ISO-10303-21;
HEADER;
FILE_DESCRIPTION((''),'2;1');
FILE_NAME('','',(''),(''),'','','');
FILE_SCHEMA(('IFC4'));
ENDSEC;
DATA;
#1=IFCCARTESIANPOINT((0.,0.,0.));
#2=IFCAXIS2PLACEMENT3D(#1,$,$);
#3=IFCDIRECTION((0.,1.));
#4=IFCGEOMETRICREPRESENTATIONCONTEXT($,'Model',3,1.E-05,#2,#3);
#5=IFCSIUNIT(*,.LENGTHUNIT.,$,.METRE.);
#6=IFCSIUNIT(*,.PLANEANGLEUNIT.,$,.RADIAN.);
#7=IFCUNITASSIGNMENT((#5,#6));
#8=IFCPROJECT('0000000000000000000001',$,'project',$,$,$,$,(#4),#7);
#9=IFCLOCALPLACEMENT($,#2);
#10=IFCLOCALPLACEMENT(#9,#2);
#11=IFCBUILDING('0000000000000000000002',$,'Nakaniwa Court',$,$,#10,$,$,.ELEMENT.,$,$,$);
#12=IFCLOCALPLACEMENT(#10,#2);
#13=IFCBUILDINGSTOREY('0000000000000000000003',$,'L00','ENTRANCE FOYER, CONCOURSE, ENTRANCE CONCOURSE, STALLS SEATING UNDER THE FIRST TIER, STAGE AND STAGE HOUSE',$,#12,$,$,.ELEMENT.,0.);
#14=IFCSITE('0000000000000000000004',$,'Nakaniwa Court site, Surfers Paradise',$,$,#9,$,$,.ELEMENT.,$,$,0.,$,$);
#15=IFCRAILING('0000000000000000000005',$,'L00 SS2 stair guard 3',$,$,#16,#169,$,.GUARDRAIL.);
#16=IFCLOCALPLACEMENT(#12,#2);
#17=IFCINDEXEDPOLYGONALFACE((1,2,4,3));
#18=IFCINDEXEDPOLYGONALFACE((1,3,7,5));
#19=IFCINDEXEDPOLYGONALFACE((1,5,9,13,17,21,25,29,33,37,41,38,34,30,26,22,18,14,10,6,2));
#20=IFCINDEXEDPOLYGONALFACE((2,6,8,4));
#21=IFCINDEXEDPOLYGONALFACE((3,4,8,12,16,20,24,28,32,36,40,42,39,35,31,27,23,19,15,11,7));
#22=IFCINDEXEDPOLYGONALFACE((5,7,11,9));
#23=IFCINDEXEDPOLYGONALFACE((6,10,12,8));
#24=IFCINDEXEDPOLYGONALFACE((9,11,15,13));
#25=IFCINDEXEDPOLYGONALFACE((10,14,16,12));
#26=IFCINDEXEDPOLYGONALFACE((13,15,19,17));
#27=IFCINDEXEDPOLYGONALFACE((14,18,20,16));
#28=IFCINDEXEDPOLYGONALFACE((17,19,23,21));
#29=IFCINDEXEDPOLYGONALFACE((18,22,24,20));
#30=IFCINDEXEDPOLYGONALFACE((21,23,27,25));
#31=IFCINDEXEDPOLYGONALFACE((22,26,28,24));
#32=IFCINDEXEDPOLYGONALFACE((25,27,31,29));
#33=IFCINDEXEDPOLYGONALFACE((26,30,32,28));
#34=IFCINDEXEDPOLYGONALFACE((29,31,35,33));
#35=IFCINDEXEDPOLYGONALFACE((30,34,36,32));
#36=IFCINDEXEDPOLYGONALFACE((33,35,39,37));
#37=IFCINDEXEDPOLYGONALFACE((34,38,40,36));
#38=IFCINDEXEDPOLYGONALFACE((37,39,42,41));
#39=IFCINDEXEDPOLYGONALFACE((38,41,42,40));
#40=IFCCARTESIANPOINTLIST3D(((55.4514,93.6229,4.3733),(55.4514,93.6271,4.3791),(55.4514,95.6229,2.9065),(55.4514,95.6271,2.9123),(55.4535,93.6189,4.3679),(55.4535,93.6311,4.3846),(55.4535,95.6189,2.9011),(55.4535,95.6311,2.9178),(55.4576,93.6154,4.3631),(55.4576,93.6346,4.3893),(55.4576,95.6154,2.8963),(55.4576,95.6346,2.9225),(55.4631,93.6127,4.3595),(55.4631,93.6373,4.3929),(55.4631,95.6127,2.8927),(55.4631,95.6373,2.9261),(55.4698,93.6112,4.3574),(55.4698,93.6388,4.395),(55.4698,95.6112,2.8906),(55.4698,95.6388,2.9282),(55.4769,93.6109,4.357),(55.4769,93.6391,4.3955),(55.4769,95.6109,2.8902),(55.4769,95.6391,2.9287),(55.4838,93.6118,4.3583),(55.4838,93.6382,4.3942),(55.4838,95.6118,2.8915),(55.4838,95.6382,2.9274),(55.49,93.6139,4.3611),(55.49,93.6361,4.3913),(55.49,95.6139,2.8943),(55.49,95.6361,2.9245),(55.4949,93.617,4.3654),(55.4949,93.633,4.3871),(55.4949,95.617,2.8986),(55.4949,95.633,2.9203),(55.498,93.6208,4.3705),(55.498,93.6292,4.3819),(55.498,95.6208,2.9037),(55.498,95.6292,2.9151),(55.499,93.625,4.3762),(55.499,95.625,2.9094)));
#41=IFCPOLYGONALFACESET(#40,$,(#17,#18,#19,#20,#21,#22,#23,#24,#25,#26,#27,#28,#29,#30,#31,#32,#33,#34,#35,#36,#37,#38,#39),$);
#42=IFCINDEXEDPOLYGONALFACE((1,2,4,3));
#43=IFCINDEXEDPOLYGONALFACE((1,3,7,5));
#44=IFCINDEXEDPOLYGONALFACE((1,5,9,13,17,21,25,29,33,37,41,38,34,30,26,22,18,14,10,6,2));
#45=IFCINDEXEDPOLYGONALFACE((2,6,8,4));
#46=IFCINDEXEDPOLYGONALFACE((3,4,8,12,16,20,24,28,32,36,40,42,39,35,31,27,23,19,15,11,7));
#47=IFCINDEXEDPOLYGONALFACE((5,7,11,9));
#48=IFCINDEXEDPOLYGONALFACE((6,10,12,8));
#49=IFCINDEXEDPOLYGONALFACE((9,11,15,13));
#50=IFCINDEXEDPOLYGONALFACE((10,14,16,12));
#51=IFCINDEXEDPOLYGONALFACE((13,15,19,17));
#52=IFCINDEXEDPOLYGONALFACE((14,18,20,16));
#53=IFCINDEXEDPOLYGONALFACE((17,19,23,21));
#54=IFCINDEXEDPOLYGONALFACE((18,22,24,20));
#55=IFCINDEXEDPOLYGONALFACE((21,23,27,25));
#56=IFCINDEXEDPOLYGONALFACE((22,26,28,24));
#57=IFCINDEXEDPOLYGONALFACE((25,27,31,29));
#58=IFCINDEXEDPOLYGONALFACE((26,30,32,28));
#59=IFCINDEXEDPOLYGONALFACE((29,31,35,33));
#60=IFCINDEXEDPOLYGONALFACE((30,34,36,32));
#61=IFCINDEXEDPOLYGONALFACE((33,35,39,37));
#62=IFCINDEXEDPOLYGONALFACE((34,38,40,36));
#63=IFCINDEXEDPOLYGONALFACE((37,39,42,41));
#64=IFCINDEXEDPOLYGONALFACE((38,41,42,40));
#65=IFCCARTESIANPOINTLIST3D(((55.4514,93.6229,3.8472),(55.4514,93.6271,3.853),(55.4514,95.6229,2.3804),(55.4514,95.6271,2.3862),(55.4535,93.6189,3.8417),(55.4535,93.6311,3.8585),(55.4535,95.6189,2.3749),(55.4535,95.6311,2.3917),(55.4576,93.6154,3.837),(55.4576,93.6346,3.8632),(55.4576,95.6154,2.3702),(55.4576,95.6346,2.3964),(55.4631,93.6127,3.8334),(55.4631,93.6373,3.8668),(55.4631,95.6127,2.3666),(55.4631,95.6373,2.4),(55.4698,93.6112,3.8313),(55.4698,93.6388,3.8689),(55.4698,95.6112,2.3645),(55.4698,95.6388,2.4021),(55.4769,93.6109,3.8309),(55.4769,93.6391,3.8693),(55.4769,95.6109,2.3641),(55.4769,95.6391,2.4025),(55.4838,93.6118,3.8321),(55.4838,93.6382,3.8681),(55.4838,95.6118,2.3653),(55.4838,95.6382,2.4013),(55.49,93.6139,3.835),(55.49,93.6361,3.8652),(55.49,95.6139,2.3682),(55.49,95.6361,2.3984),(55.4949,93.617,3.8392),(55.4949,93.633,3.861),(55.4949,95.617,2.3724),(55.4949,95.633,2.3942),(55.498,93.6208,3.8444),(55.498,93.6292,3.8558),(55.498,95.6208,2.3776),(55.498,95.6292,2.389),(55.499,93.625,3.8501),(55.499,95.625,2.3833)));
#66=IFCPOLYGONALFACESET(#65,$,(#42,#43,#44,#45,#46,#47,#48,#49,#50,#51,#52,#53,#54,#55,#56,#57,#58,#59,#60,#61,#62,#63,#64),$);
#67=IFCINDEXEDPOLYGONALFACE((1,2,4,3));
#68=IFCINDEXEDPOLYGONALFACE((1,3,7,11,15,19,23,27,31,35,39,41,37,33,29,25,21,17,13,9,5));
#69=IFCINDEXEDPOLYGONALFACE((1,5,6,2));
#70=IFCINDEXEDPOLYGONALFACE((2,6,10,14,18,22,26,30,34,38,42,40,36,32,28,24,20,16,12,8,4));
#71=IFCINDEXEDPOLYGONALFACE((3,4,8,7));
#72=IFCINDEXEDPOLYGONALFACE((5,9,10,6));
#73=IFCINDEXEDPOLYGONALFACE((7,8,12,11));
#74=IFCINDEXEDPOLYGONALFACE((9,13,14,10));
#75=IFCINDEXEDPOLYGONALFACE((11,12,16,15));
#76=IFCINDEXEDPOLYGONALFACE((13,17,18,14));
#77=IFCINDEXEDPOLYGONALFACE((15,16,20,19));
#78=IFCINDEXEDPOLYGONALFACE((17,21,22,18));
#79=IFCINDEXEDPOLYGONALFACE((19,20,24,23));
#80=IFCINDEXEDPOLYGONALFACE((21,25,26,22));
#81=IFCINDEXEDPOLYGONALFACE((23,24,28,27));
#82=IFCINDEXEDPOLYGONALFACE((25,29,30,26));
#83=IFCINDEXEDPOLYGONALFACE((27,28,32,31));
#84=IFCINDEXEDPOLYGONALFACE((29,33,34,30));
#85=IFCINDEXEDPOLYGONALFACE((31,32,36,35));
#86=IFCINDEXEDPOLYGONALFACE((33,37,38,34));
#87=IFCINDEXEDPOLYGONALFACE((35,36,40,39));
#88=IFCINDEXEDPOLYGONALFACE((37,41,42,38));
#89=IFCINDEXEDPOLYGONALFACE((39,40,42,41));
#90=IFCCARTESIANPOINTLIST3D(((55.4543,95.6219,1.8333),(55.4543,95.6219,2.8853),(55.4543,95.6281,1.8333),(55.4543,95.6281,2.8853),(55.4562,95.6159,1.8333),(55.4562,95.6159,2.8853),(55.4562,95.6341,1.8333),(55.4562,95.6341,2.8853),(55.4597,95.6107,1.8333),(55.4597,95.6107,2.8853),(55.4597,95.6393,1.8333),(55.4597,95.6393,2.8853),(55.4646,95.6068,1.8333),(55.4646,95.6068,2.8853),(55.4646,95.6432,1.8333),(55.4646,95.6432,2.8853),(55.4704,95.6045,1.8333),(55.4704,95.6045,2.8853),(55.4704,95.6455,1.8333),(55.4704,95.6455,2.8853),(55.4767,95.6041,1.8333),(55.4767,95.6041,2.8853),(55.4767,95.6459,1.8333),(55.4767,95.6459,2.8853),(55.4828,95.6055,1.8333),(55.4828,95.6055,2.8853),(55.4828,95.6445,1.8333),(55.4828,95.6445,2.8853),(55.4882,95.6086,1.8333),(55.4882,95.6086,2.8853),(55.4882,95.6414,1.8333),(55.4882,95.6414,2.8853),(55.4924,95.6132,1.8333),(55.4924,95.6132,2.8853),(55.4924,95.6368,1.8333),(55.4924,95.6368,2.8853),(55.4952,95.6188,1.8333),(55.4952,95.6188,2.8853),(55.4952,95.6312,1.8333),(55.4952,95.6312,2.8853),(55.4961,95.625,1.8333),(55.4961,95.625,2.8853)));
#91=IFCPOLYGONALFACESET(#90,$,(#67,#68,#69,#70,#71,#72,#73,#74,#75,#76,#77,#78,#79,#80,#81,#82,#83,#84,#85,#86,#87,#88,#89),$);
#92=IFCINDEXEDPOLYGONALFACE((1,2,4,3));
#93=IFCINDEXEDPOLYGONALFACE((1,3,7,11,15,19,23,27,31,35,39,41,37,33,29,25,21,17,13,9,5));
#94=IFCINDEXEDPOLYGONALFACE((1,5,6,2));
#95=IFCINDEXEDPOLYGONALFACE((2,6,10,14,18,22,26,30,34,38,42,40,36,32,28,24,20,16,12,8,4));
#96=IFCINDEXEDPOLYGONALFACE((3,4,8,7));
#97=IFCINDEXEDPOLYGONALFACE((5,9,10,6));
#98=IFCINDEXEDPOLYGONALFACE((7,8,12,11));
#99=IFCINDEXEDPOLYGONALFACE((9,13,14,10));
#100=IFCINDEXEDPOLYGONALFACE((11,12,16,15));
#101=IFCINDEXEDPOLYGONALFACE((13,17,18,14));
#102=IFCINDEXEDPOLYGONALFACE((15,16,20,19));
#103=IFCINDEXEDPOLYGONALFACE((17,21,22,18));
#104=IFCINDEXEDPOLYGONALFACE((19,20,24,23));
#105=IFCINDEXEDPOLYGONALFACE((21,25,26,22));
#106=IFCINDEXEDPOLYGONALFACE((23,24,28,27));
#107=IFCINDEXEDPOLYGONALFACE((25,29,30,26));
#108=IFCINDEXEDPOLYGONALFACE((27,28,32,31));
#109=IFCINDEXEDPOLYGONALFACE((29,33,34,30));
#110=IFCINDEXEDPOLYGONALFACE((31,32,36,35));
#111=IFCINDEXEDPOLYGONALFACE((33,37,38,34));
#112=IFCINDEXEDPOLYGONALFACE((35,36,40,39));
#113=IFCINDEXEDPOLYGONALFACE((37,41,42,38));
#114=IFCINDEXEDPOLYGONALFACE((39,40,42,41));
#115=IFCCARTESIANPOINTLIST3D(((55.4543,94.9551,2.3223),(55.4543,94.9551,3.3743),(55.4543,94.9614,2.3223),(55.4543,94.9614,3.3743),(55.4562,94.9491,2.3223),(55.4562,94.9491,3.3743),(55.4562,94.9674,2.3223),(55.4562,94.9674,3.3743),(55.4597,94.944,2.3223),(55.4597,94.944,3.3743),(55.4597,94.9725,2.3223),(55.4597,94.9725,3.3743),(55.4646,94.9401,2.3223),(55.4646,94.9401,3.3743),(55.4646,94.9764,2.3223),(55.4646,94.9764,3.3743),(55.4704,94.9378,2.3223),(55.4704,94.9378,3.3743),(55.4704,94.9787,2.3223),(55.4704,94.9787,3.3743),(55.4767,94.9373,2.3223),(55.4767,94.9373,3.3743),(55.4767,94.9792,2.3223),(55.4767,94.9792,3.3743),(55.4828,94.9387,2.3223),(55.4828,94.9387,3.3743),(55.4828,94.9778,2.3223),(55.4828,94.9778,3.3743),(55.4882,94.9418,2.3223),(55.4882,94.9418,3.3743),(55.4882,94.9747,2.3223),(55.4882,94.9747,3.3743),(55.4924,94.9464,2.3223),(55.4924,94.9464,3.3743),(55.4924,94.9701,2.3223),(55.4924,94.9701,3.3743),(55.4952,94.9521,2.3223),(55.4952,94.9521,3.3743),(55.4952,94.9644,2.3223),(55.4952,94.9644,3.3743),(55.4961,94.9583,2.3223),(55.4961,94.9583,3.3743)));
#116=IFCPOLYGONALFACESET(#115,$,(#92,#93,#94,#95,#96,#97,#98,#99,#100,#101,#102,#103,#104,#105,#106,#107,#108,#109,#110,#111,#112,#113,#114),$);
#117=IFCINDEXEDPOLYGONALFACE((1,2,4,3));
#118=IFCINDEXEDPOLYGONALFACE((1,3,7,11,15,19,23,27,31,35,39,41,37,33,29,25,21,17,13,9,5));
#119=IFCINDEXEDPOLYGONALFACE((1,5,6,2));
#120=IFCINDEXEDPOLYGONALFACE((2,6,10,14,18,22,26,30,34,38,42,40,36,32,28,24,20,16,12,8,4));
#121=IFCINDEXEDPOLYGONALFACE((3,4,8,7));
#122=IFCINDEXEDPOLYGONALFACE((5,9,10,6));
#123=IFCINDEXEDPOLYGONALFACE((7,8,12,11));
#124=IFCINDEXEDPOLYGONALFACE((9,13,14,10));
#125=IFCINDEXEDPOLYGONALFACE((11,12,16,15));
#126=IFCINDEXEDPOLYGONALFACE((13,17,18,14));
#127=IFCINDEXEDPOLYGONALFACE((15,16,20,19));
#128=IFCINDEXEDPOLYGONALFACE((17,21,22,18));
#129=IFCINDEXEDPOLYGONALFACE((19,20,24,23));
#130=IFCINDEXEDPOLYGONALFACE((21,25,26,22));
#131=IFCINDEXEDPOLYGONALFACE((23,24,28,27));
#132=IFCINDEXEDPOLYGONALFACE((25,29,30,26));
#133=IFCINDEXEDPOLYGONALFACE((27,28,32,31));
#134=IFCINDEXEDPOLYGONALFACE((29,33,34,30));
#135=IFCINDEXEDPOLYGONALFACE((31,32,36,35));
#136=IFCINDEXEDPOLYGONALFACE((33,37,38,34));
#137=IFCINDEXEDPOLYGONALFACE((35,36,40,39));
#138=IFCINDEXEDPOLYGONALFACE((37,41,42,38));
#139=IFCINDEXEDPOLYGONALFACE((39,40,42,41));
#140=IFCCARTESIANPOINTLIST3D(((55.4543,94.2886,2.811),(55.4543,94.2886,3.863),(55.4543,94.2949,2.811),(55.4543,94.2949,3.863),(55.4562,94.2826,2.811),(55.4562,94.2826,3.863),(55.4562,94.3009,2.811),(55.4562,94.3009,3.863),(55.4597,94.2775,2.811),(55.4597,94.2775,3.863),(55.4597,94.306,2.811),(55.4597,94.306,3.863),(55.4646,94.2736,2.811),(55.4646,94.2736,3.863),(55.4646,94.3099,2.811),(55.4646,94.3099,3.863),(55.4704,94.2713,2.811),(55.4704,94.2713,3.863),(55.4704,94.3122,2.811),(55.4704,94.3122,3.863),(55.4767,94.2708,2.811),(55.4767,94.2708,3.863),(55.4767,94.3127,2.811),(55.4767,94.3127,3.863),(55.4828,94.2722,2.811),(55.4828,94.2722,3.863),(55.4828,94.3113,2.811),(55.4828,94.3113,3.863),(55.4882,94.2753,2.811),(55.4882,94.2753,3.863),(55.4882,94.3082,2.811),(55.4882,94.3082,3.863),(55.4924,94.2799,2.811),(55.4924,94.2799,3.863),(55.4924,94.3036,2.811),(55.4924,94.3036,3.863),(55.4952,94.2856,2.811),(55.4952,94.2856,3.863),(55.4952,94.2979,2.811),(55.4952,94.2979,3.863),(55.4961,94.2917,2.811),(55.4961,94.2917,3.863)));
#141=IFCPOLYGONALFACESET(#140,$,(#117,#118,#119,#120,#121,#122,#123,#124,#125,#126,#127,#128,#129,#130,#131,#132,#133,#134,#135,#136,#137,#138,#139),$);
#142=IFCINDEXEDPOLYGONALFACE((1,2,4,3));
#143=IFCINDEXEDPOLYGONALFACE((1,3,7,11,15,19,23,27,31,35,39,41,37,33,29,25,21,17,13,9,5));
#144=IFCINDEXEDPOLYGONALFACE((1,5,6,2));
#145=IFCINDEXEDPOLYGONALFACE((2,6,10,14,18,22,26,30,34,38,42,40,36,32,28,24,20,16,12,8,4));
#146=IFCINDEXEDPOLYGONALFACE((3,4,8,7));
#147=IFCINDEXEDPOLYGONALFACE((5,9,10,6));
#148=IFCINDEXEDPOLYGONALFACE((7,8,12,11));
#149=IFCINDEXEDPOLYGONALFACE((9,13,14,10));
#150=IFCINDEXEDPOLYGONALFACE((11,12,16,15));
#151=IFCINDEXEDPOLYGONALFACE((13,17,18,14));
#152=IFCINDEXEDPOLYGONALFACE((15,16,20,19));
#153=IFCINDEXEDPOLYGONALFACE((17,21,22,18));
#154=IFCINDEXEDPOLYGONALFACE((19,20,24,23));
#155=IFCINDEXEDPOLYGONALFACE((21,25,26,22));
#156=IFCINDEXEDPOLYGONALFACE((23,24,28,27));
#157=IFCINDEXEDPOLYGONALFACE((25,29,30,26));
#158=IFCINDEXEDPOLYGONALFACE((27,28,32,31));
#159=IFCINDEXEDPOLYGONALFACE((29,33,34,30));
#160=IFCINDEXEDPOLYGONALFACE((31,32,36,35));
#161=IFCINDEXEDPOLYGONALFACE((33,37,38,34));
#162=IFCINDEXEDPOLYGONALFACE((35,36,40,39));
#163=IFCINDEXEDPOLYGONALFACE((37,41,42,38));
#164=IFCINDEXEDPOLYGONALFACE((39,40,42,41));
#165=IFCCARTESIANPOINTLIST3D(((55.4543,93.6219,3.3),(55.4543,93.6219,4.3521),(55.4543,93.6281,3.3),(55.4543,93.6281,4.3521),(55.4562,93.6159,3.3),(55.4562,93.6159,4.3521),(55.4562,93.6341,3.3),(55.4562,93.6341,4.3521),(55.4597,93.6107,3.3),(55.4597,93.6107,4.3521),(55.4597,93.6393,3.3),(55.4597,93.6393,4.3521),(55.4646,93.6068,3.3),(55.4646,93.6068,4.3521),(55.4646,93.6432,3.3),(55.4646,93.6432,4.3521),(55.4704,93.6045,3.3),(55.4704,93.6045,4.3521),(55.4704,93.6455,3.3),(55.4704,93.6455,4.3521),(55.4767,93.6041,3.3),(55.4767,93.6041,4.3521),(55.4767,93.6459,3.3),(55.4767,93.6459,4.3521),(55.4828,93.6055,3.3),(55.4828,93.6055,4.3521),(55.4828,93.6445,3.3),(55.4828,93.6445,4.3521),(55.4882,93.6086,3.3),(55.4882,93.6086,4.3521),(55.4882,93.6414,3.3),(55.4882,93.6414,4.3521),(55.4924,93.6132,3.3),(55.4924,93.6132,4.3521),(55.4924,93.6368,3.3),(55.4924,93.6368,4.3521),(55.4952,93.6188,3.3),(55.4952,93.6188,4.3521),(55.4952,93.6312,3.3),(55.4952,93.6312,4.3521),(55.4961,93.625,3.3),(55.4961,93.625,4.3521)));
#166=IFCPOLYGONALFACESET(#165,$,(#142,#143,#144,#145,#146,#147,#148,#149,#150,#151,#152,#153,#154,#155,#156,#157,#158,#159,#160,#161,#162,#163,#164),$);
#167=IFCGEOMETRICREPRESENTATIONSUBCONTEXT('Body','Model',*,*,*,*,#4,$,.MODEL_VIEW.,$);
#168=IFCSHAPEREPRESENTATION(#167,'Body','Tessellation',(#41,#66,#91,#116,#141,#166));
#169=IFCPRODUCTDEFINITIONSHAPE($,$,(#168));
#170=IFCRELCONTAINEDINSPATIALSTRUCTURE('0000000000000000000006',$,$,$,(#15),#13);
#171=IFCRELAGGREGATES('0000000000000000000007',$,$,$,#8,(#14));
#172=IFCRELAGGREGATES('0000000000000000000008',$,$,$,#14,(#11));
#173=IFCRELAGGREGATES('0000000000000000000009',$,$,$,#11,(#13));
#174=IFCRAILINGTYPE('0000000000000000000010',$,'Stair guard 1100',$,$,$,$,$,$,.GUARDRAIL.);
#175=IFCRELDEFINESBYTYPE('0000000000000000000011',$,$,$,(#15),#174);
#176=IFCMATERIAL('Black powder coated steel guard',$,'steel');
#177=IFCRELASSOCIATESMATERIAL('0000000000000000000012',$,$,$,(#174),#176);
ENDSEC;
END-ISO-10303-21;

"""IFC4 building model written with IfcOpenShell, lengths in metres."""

from ifc_helpers import new_model, si_unit, direction, frame, origin, origin_2d, place, context, subcontext, project, spatial, circle, extrude, material, type_object, element, save


model = new_model("IFC4")

# Units and contexts
model_context = context("Model", 3, precision=1e-05, world=origin(), true_north=direction((0.0, 1.0)))
body_context = subcontext(model_context, "Body", "Model", "MODEL_VIEW")
ifc_project = project(units=[si_unit("LENGTHUNIT", "METRE"), si_unit("PLANEANGLEUNIT", "RADIAN")], contexts=[model_context])

# Site, building, storey
site_placement = place(None, origin())
site = spatial("IfcSite", under=ifc_project, at=site_placement, Name="Nakaniwa Court site, Surfers Paradise", CompositionType="ELEMENT", RefElevation=0.0)
building_placement = place(site_placement, origin())
building = spatial("IfcBuilding", under=site, at=building_placement, Name="Nakaniwa Court", CompositionType="ELEMENT")
storey_placement = place(building_placement, origin())
storey = spatial("IfcBuildingStorey", under=building, at=storey_placement, Name="L00", Description="ENTRANCE FOYER, CONCOURSE, ENTRANCE CONCOURSE, STALLS SEATING UNDER THE FIRST TIER, STAGE AND STAGE HOUSE", CompositionType="ELEMENT", Elevation=0.0)

# Railing
ifc_material_1 = material(Name="Black powder coated steel guard", Category="steel")
railing_type_1 = type_object("IfcRailingType", Name="Stair guard 1100", PredefinedType="GUARDRAIL", material=ifc_material_1)
railing_1_placement = place(storey_placement, frame((55.4751, 95.625, 1.8333)))
element("IfcRailing", 1, at=railing_1_placement, inside=storey, type_object=railing_type_1, Name="L00 SS2 stair guard 3", PredefinedType="GUARDRAIL", context=body_context, shape_type="SweptSolid", body=[
    extrude(circle(Radius=0.0239, at=origin_2d()), frame((0.0, 0.0, 1.0762), z_axis=(0.0, -0.80638, 0.591398), x_axis=(1.0, 0.0, 0.0)), (0.0, 0.0, 1.0), 2.4802),
    extrude(circle(Radius=0.0239, at=origin_2d()), frame((0.0, 0.0, 0.55), z_axis=(0.0, -0.80638, 0.591398), x_axis=(1.0, 0.0, 0.0)), (0.0, 0.0, 1.0), 2.4802),
    extrude(circle(Radius=0.021, at=origin_2d()), origin(), (0.0, 0.0, 1.0), 1.052),
    extrude(circle(Radius=0.021, at=origin_2d()), frame((0.0, -0.6667, 0.489)), (0.0, 0.0, 1.0), 1.052),
    extrude(circle(Radius=0.021, at=origin_2d()), frame((0.0, -1.3333, 0.9778)), (0.0, 0.0, 1.0), 1.052),
    extrude(circle(Radius=0.021, at=origin_2d()), frame((0.0, -2.0, 1.4668)), (0.0, 0.0, 1.0), 1.052),
])

save(model, "model.ifc")
